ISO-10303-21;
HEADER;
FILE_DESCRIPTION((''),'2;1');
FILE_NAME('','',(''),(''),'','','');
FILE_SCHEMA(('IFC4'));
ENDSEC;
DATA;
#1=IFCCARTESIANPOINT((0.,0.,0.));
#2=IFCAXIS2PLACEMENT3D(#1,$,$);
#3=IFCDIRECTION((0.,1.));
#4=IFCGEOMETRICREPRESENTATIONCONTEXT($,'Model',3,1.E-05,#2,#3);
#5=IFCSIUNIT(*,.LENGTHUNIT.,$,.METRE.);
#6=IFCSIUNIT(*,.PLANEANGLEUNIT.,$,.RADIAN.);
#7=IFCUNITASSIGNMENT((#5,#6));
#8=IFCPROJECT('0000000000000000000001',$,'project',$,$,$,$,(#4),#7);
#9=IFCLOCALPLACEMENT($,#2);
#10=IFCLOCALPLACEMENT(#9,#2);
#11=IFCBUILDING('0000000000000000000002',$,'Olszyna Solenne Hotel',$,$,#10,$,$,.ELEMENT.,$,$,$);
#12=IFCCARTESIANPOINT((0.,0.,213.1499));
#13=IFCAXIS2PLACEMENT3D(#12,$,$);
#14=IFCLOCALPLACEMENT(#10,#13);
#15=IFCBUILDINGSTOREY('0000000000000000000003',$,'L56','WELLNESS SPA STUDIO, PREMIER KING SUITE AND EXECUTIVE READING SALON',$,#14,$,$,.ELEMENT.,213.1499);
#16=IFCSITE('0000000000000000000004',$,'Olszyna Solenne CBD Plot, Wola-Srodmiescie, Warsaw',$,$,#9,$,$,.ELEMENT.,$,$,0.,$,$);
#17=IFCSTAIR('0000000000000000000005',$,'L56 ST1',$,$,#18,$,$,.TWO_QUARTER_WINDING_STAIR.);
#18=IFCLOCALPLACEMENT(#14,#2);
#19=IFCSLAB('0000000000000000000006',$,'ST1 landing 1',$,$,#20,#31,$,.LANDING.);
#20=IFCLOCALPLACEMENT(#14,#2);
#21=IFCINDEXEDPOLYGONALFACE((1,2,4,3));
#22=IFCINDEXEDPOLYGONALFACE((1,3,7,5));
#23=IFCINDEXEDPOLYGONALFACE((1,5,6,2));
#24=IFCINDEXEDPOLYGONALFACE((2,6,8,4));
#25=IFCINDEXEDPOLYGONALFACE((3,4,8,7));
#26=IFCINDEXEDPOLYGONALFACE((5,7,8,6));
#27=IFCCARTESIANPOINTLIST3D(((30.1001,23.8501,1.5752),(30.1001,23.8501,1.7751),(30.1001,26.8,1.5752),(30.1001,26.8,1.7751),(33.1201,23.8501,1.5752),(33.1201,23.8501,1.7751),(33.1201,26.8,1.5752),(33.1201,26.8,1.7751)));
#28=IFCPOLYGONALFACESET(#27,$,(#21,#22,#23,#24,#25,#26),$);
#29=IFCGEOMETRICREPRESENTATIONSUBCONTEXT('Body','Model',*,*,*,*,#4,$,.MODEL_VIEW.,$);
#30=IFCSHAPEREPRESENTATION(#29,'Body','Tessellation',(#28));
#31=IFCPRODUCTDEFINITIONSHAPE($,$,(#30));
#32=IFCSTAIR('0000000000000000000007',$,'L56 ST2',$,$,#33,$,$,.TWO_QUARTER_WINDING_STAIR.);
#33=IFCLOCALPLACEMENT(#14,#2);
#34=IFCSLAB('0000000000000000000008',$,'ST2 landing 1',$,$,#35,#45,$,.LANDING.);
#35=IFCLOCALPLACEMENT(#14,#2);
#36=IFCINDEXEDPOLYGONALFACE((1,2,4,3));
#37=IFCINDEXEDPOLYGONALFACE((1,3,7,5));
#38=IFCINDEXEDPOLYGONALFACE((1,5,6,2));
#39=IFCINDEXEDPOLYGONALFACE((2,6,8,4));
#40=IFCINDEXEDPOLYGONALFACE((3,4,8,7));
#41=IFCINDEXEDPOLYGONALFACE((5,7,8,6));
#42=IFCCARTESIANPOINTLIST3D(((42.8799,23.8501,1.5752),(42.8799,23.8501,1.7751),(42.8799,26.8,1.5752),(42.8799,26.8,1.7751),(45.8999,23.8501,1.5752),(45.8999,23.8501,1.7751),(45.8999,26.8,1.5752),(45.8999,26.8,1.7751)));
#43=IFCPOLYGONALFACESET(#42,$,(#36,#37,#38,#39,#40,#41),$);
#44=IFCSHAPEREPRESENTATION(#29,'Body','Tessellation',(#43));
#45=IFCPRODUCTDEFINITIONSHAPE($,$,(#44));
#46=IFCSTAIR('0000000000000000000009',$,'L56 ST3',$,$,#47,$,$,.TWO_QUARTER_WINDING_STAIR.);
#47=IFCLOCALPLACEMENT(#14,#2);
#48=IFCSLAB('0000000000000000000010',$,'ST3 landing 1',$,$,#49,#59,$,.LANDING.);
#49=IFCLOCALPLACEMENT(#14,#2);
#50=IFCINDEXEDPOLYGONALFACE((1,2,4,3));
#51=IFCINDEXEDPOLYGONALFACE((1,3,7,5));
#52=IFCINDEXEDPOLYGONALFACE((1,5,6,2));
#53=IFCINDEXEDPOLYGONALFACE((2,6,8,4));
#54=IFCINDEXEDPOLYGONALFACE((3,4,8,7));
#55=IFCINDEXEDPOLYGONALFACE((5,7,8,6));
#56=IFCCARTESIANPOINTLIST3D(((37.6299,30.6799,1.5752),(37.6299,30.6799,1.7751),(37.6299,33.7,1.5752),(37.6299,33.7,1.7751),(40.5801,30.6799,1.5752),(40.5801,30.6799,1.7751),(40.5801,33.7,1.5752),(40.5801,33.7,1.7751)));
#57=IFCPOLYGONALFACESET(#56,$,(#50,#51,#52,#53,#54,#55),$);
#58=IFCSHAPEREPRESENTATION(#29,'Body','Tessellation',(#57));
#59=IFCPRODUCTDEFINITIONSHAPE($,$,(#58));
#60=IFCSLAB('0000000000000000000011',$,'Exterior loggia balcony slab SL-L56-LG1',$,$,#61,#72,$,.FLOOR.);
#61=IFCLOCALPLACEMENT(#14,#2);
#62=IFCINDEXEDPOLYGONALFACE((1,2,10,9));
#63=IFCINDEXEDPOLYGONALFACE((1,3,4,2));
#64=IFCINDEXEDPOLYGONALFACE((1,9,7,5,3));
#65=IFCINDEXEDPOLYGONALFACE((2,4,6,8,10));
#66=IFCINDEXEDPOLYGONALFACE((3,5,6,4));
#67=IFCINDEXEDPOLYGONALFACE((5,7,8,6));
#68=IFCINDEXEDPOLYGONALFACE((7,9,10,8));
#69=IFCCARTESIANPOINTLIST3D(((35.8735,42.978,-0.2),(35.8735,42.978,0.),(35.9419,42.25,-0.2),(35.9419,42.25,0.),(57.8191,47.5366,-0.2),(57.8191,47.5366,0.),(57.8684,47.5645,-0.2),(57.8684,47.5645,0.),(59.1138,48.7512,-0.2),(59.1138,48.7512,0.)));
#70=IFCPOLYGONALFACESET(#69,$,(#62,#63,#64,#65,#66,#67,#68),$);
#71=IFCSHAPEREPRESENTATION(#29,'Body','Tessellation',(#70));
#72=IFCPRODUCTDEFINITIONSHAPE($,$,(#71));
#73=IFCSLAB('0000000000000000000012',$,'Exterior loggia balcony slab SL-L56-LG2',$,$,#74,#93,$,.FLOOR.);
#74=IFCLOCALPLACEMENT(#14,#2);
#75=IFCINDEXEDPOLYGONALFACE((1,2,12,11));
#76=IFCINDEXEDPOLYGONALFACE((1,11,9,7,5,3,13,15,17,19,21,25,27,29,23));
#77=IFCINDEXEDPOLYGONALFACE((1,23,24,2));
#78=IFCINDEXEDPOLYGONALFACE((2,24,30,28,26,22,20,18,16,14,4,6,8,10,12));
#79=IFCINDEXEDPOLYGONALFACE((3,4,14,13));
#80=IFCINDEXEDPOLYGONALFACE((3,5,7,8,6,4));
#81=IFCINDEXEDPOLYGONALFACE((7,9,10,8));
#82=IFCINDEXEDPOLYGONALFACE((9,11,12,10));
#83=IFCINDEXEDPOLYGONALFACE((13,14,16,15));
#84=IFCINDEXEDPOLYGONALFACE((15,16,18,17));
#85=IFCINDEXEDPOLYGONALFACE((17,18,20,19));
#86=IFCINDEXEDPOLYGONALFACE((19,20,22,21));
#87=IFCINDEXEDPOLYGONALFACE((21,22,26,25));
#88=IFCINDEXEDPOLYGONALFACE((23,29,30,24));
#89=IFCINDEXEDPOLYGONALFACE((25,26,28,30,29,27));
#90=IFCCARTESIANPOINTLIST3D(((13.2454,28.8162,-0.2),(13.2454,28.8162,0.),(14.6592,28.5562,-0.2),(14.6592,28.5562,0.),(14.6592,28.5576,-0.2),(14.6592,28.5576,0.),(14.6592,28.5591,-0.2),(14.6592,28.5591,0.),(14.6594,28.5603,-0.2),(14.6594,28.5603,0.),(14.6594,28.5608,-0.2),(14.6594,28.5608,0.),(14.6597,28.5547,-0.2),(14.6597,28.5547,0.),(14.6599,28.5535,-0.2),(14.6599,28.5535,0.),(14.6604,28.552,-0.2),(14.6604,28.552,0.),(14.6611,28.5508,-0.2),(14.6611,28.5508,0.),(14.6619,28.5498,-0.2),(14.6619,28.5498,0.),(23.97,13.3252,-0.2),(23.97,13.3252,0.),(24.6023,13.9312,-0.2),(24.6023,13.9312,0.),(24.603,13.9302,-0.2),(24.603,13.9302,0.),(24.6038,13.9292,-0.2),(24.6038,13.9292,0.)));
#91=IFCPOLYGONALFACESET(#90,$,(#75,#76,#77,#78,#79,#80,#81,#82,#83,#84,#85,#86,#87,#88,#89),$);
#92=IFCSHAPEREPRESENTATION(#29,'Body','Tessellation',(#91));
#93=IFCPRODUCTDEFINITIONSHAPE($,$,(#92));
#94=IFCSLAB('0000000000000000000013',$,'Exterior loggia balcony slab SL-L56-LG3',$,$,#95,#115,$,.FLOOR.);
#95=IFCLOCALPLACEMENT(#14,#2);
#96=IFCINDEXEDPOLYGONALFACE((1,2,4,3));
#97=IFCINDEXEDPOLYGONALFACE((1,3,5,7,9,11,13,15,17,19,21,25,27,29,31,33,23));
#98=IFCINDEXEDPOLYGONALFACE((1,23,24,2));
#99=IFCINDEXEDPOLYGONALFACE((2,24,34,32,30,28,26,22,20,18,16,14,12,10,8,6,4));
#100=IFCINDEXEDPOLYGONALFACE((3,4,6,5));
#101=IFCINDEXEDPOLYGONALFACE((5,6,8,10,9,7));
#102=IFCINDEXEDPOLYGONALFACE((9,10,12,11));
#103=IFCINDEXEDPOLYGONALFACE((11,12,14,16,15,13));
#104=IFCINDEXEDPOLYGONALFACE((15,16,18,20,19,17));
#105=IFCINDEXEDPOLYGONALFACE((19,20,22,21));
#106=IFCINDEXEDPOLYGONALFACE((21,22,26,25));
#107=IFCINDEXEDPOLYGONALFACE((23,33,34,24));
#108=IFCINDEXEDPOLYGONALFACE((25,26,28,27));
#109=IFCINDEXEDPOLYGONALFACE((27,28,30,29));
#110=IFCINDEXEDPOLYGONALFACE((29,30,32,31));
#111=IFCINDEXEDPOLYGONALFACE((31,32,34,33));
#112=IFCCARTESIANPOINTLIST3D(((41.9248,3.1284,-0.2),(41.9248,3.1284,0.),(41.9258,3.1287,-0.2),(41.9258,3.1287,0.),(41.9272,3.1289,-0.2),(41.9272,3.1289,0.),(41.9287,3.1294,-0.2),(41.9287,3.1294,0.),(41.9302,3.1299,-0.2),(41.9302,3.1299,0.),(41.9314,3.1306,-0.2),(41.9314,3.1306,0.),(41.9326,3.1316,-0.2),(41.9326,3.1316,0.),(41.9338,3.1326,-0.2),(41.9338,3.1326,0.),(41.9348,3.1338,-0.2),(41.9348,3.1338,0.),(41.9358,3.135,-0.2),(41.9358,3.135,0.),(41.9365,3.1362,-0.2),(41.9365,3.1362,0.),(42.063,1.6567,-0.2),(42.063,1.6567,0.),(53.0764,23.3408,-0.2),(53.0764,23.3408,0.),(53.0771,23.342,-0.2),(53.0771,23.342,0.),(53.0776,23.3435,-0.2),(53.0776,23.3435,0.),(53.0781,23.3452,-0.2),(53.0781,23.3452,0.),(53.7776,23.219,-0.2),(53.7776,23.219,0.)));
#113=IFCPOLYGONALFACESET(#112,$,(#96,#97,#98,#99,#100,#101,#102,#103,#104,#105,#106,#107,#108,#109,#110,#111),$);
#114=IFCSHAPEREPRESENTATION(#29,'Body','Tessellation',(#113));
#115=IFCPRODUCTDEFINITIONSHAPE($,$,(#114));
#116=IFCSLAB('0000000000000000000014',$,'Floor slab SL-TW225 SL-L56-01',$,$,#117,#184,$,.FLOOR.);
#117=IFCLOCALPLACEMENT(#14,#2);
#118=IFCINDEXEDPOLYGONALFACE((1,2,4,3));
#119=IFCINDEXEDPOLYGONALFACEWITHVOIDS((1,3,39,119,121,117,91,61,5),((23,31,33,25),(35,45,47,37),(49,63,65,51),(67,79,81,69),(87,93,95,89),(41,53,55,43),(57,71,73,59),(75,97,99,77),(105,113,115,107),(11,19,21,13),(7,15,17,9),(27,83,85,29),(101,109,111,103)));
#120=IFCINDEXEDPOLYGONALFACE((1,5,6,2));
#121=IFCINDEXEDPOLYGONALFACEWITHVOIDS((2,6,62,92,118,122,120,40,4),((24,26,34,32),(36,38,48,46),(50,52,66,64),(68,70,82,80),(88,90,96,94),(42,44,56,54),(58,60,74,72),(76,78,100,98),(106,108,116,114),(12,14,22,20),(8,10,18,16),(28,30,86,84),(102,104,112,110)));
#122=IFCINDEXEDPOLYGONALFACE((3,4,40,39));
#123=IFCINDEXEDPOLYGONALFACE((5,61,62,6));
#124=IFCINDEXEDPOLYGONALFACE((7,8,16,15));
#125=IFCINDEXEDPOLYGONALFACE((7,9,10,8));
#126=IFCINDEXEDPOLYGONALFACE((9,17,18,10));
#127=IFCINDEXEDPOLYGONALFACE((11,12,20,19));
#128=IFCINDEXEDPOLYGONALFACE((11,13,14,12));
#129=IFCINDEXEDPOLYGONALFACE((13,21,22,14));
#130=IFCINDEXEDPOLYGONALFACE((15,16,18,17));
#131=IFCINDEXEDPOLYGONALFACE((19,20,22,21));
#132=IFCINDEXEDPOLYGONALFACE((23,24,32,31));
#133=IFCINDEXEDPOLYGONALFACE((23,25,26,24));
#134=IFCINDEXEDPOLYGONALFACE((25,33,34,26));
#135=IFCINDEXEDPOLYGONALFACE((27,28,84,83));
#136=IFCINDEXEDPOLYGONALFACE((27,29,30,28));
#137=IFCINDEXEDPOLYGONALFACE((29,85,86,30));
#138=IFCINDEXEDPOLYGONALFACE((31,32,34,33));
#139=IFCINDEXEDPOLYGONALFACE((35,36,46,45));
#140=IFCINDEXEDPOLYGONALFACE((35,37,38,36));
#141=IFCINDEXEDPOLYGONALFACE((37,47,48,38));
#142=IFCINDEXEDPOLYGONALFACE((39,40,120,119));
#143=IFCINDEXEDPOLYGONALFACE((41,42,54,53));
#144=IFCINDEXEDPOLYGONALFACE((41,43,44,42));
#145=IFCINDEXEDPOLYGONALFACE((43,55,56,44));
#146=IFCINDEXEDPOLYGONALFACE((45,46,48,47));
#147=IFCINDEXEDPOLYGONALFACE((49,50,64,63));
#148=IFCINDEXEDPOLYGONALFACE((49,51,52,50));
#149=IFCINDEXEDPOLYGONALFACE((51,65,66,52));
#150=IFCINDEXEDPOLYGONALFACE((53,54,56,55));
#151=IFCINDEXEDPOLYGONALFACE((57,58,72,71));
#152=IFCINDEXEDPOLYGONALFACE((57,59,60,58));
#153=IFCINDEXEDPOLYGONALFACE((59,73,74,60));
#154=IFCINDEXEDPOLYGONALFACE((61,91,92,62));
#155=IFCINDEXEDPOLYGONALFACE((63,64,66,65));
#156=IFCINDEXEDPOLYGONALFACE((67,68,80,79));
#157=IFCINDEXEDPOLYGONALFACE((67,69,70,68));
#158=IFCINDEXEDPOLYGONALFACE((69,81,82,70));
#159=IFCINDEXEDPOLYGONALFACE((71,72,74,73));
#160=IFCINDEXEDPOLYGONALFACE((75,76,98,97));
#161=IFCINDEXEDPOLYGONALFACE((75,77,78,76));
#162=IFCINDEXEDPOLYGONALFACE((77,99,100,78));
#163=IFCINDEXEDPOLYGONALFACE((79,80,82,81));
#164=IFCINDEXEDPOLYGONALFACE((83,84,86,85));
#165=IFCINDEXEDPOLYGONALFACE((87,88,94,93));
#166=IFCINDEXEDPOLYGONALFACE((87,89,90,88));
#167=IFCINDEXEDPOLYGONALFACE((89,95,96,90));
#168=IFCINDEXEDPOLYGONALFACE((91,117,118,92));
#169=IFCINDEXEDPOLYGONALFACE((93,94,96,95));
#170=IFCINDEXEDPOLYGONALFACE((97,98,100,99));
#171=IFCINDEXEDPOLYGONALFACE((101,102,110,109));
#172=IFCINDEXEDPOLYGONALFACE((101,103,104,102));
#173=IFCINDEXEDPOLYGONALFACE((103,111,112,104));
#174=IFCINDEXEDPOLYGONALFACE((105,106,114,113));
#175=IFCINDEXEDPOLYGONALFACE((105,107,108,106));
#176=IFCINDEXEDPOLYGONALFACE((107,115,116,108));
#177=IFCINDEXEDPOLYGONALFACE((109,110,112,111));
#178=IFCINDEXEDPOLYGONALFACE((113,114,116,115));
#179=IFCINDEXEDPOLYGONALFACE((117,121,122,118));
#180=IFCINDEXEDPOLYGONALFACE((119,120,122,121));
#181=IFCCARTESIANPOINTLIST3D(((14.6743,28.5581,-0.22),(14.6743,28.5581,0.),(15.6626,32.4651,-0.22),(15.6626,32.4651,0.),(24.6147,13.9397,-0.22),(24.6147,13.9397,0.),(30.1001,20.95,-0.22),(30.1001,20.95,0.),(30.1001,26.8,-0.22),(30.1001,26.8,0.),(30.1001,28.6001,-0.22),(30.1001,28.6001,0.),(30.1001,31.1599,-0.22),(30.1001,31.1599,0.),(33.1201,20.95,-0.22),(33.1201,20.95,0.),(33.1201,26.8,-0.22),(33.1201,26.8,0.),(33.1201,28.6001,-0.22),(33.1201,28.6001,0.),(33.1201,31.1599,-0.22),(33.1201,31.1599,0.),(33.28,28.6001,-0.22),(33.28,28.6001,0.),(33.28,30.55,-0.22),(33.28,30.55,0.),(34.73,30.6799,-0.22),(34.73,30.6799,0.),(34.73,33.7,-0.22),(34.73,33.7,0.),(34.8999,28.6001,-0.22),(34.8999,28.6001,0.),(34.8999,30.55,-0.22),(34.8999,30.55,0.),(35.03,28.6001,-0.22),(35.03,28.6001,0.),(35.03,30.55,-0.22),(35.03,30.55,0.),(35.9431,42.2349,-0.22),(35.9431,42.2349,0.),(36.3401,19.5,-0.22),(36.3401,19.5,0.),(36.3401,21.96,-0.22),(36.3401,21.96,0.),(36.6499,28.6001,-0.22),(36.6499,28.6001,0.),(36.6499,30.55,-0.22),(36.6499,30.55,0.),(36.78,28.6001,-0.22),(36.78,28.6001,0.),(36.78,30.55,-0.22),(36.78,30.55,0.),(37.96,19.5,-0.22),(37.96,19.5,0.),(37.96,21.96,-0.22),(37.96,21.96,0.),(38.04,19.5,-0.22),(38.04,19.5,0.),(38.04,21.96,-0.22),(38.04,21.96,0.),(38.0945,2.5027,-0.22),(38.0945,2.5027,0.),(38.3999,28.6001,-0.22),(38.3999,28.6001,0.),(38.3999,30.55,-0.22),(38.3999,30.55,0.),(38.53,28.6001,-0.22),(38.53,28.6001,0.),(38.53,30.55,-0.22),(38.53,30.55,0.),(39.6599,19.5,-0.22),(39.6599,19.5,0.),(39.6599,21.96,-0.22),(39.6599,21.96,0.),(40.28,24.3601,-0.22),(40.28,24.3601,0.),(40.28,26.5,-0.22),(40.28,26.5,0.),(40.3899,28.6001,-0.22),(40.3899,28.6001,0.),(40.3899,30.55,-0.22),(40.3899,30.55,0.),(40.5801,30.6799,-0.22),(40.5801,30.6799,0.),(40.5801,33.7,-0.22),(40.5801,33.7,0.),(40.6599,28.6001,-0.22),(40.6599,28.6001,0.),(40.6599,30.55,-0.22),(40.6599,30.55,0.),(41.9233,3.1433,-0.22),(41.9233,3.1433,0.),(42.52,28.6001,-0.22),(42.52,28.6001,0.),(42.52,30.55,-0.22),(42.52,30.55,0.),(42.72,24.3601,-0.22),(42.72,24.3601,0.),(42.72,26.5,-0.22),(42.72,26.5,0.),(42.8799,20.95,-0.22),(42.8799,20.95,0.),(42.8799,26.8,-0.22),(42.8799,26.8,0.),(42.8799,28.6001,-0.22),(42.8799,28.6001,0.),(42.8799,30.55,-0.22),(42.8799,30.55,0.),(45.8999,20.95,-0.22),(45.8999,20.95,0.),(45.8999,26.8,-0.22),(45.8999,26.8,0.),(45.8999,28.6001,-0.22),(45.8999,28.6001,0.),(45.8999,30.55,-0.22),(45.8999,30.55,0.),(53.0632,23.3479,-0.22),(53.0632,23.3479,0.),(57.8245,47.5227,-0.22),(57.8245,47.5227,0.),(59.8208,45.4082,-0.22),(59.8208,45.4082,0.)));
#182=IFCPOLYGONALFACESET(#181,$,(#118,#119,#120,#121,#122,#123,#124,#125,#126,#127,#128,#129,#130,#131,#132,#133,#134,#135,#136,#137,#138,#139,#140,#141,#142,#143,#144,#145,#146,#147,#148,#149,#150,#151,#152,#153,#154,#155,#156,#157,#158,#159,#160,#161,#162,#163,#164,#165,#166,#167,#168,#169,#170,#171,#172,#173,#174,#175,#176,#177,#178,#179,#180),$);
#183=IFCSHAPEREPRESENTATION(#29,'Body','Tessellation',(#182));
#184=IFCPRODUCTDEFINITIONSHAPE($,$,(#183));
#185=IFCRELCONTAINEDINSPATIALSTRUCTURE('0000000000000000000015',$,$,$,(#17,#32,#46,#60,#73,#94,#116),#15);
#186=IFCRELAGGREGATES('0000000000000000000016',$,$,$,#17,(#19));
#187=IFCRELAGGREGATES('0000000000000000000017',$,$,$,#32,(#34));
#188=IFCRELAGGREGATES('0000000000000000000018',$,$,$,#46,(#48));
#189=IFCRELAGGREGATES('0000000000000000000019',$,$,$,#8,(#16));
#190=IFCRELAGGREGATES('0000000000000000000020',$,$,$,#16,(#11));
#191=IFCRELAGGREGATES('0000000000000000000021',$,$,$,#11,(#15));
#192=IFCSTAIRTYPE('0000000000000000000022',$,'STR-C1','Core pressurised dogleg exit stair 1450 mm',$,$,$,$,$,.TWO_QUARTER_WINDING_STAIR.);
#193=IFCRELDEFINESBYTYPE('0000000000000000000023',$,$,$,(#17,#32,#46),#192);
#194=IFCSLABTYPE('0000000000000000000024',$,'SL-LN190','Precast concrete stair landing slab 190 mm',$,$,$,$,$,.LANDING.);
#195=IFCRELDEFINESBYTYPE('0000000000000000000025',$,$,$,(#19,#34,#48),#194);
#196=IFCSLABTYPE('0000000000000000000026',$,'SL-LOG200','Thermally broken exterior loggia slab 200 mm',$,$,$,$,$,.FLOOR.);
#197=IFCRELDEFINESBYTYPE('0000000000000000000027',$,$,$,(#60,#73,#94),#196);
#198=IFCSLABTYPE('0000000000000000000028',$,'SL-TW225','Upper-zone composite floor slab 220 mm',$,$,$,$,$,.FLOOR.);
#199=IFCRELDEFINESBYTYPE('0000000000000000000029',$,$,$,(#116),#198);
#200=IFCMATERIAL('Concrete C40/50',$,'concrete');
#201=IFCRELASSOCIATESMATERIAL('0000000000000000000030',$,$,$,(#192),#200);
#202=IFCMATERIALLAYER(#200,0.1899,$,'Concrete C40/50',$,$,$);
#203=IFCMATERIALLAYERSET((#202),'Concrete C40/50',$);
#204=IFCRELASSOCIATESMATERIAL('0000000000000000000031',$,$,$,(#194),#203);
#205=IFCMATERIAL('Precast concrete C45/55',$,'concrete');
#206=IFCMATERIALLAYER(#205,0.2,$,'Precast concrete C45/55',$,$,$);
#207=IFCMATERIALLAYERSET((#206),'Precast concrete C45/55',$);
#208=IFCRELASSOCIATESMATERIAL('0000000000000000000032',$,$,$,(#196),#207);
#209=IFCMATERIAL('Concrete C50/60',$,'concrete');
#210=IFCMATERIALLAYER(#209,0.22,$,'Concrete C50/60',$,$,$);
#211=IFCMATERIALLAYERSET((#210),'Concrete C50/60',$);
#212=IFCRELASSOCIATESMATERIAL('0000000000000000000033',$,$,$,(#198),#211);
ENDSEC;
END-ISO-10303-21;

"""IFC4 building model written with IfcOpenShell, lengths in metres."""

from ifc_helpers import new_model, si_unit, direction, frame, origin, place, context, subcontext, project, spatial, polyline, outline, extrude, material, layer, layer_set, type_object, element, aggregate, save


model = new_model("IFC4")

# Units and contexts
model_context = context("Model", 3, precision=1e-05, world=origin(), true_north=direction((0.0, 1.0)))
body_context = subcontext(model_context, "Body", "Model", "MODEL_VIEW")
ifc_project = project(units=[si_unit("LENGTHUNIT", "METRE"), si_unit("PLANEANGLEUNIT", "RADIAN")], contexts=[model_context])

# Site, building, storey
site_placement = place(None, origin())
site = spatial("IfcSite", under=ifc_project, at=site_placement, Name="Olszyna Solenne CBD Plot, Wola-Srodmiescie, Warsaw", CompositionType="ELEMENT", RefElevation=0.0)
building_placement = place(site_placement, origin())
building = spatial("IfcBuilding", under=site, at=building_placement, Name="Olszyna Solenne Hotel", CompositionType="ELEMENT")
storey_placement = place(building_placement, frame((0.0, 0.0, 213.1499)))
storey = spatial("IfcBuildingStorey", under=building, at=storey_placement, Name="L56", Description="WELLNESS SPA STUDIO, PREMIER KING SUITE AND EXECUTIVE READING SALON", CompositionType="ELEMENT", Elevation=213.1499)

# Stairs, slabs
ifc_material_1 = material(Name="Concrete C40/50", Category="concrete")
stair_type = type_object("IfcStairType", Name="STR-C1", Description="Core pressurised dogleg exit stair 1450 mm", PredefinedType="TWO_QUARTER_WINDING_STAIR", material=ifc_material_1)
stair_1_placement = place(storey_placement, origin())
stair_1 = element("IfcStair", 1, at=stair_1_placement, inside=storey, type_object=stair_type, Name="L56 ST1", PredefinedType="TWO_QUARTER_WINDING_STAIR")
ifc_layer_1 = layer(ifc_material_1, 0.1899, Name="Concrete C40/50")
ifc_layer_set_1 = layer_set([ifc_layer_1], Name="Concrete C40/50")
slab_type_1 = type_object("IfcSlabType", Name="SL-LN190", Description="Precast concrete stair landing slab 190 mm", PredefinedType="LANDING", material=ifc_layer_set_1)
slab_1_placement = place(storey_placement, frame((0.0, 0.0, 1.5752)))
slab_1 = element("IfcSlab", 2, at=slab_1_placement, type_object=slab_type_1, Name="ST1 landing 1", PredefinedType="LANDING", context=body_context, shape_type="SweptSolid", body=[
    extrude(outline(polyline([(33.1201, 23.8501), (33.1201, 26.8), (30.1001, 26.8), (30.1001, 23.8501), (33.1201, 23.8501)])), origin(), (0.0, 0.0, 1.0), 0.2),
])
aggregate(stair_1, [slab_1])
stair_2_placement = place(storey_placement, origin())
stair_2 = element("IfcStair", 3, at=stair_2_placement, inside=storey, type_object=stair_type, Name="L56 ST2", PredefinedType="TWO_QUARTER_WINDING_STAIR")
slab_2_placement = place(storey_placement, frame((0.0, 0.0, 1.5752)))
slab_2 = element("IfcSlab", 4, at=slab_2_placement, type_object=slab_type_1, Name="ST2 landing 1", PredefinedType="LANDING", context=body_context, shape_type="SweptSolid", body=[
    extrude(outline(polyline([(45.8999, 23.8501), (45.8999, 26.8), (42.8799, 26.8), (42.8799, 23.8501), (45.8999, 23.8501)])), origin(), (0.0, 0.0, 1.0), 0.2),
])
aggregate(stair_2, [slab_2])
stair_3_placement = place(storey_placement, origin())
stair_3 = element("IfcStair", 5, at=stair_3_placement, inside=storey, type_object=stair_type, Name="L56 ST3", PredefinedType="TWO_QUARTER_WINDING_STAIR")
slab_3_placement = place(storey_placement, frame((0.0, 0.0, 1.5752)))
slab_3 = element("IfcSlab", 6, at=slab_3_placement, type_object=slab_type_1, Name="ST3 landing 1", PredefinedType="LANDING", context=body_context, shape_type="SweptSolid", body=[
    extrude(outline(polyline([(37.6299, 30.6799), (40.5801, 30.6799), (40.5801, 33.7), (37.6299, 33.7), (37.6299, 30.6799)])), origin(), (0.0, 0.0, 1.0), 0.2),
])
aggregate(stair_3, [slab_3])

# Slabs
ifc_material_2 = material(Name="Precast concrete C45/55", Category="concrete")
ifc_layer_2 = layer(ifc_material_2, 0.2, Name="Precast concrete C45/55")
ifc_layer_set_2 = layer_set([ifc_layer_2], Name="Precast concrete C45/55")
slab_type_2 = type_object("IfcSlabType", Name="SL-LOG200", Description="Thermally broken exterior loggia slab 200 mm", PredefinedType="FLOOR", material=ifc_layer_set_2)
slab_4_placement = place(storey_placement, frame((0.0, 0.0, -0.2)))
element("IfcSlab", 7, at=slab_4_placement, inside=storey, type_object=slab_type_2, Name="Exterior loggia balcony slab SL-L56-LG1", PredefinedType="FLOOR", context=body_context, shape_type="SweptSolid", body=[
    extrude(outline(polyline([(35.9419, 42.25), (57.8191, 47.5366), (57.8684, 47.5645), (59.1138, 48.7512), (35.8735, 42.978), (35.9419, 42.25)])), origin(), (0.0, 0.0, 1.0), 0.2),
])
slab_5_placement = place(storey_placement, frame((0.0, 0.0, -0.2)))
element("IfcSlab", 8, at=slab_5_placement, inside=storey, type_object=slab_type_2, Name="Exterior loggia balcony slab SL-L56-LG2", PredefinedType="FLOOR", context=body_context, shape_type="SweptSolid", body=[
    extrude(outline(polyline([(24.6038, 13.9292), (24.603, 13.9302), (24.6023, 13.9312), (14.6619, 28.5498), (14.6611, 28.5508), (14.6604, 28.552), (14.6599, 28.5535), (14.6597, 28.5547), (14.6592, 28.5562), (14.6592, 28.5576), (14.6592, 28.5591), (14.6594, 28.5603), (14.6594, 28.5608), (13.2454, 28.8162), (23.97, 13.3252), (24.6038, 13.9292)])), origin(), (0.0, 0.0, 1.0), 0.2),
])
slab_6_placement = place(storey_placement, frame((0.0, 0.0, -0.2)))
element("IfcSlab", 9, at=slab_6_placement, inside=storey, type_object=slab_type_2, Name="Exterior loggia balcony slab SL-L56-LG3", PredefinedType="FLOOR", context=body_context, shape_type="SweptSolid", body=[
    extrude(outline(polyline([(53.0781, 23.3452), (53.0776, 23.3435), (53.0771, 23.342), (53.0764, 23.3408), (41.9365, 3.1362), (41.9358, 3.135), (41.9348, 3.1338), (41.9338, 3.1326), (41.9326, 3.1316), (41.9314, 3.1306), (41.9302, 3.1299), (41.9287, 3.1294), (41.9272, 3.1289), (41.9258, 3.1287), (41.9248, 3.1284), (42.063, 1.6567), (53.7776, 23.219), (53.0781, 23.3452)])), origin(), (0.0, 0.0, 1.0), 0.2),
])
ifc_material_3 = material(Name="Concrete C50/60", Category="concrete")
ifc_layer_3 = layer(ifc_material_3, 0.22, Name="Concrete C50/60")
ifc_layer_set_3 = layer_set([ifc_layer_3], Name="Concrete C50/60")
slab_type_3 = type_object("IfcSlabType", Name="SL-TW225", Description="Upper-zone composite floor slab 220 mm", PredefinedType="FLOOR", material=ifc_layer_set_3)
slab_7_placement = place(storey_placement, frame((0.0, 0.0, -0.22)))
element("IfcSlab", 10, at=slab_7_placement, inside=storey, type_object=slab_type_3, Name="Floor slab SL-TW225 SL-L56-01", PredefinedType="FLOOR", context=body_context, shape_type="SweptSolid", body=[
    extrude(outline(polyline([(59.8208, 45.4082), (57.8245, 47.5227), (35.9431, 42.2349), (15.6626, 32.4651), (14.6743, 28.5581), (24.6147, 13.9397), (38.0945, 2.5027), (41.9233, 3.1433), (53.0632, 23.3479), (59.8208, 45.4082)]), holes=[polyline([(30.1001, 20.95), (33.1201, 20.95), (33.1201, 26.8), (30.1001, 26.8), (30.1001, 20.95)]), polyline([(42.8799, 20.95), (45.8999, 20.95), (45.8999, 26.8), (42.8799, 26.8), (42.8799, 20.95)]), polyline([(34.73, 30.6799), (40.5801, 30.6799), (40.5801, 33.7), (34.73, 33.7), (34.73, 30.6799)]), polyline([(36.3401, 19.5), (37.96, 19.5), (37.96, 21.96), (36.3401, 21.96), (36.3401, 19.5)]), polyline([(38.04, 19.5), (39.6599, 19.5), (39.6599, 21.96), (38.04, 21.96), (38.04, 19.5)]), polyline([(30.1001, 28.6001), (33.1201, 28.6001), (33.1201, 31.1599), (30.1001, 31.1599), (30.1001, 28.6001)]), polyline([(40.28, 24.3601), (42.72, 24.3601), (42.72, 26.5), (40.28, 26.5), (40.28, 24.3601)]), polyline([(33.28, 28.6001), (34.8999, 28.6001), (34.8999, 30.55), (33.28, 30.55), (33.28, 28.6001)]), polyline([(35.03, 28.6001), (36.6499, 28.6001), (36.6499, 30.55), (35.03, 30.55), (35.03, 28.6001)]), polyline([(36.78, 28.6001), (38.3999, 28.6001), (38.3999, 30.55), (36.78, 30.55), (36.78, 28.6001)]), polyline([(38.53, 28.6001), (40.3899, 28.6001), (40.3899, 30.55), (38.53, 30.55), (38.53, 28.6001)]), polyline([(40.6599, 28.6001), (42.52, 28.6001), (42.52, 30.55), (40.6599, 30.55), (40.6599, 28.6001)]), polyline([(42.8799, 28.6001), (45.8999, 28.6001), (45.8999, 30.55), (42.8799, 30.55), (42.8799, 28.6001)])]), origin(), (0.0, 0.0, 1.0), 0.22),
])

save(model, "model.ifc")
